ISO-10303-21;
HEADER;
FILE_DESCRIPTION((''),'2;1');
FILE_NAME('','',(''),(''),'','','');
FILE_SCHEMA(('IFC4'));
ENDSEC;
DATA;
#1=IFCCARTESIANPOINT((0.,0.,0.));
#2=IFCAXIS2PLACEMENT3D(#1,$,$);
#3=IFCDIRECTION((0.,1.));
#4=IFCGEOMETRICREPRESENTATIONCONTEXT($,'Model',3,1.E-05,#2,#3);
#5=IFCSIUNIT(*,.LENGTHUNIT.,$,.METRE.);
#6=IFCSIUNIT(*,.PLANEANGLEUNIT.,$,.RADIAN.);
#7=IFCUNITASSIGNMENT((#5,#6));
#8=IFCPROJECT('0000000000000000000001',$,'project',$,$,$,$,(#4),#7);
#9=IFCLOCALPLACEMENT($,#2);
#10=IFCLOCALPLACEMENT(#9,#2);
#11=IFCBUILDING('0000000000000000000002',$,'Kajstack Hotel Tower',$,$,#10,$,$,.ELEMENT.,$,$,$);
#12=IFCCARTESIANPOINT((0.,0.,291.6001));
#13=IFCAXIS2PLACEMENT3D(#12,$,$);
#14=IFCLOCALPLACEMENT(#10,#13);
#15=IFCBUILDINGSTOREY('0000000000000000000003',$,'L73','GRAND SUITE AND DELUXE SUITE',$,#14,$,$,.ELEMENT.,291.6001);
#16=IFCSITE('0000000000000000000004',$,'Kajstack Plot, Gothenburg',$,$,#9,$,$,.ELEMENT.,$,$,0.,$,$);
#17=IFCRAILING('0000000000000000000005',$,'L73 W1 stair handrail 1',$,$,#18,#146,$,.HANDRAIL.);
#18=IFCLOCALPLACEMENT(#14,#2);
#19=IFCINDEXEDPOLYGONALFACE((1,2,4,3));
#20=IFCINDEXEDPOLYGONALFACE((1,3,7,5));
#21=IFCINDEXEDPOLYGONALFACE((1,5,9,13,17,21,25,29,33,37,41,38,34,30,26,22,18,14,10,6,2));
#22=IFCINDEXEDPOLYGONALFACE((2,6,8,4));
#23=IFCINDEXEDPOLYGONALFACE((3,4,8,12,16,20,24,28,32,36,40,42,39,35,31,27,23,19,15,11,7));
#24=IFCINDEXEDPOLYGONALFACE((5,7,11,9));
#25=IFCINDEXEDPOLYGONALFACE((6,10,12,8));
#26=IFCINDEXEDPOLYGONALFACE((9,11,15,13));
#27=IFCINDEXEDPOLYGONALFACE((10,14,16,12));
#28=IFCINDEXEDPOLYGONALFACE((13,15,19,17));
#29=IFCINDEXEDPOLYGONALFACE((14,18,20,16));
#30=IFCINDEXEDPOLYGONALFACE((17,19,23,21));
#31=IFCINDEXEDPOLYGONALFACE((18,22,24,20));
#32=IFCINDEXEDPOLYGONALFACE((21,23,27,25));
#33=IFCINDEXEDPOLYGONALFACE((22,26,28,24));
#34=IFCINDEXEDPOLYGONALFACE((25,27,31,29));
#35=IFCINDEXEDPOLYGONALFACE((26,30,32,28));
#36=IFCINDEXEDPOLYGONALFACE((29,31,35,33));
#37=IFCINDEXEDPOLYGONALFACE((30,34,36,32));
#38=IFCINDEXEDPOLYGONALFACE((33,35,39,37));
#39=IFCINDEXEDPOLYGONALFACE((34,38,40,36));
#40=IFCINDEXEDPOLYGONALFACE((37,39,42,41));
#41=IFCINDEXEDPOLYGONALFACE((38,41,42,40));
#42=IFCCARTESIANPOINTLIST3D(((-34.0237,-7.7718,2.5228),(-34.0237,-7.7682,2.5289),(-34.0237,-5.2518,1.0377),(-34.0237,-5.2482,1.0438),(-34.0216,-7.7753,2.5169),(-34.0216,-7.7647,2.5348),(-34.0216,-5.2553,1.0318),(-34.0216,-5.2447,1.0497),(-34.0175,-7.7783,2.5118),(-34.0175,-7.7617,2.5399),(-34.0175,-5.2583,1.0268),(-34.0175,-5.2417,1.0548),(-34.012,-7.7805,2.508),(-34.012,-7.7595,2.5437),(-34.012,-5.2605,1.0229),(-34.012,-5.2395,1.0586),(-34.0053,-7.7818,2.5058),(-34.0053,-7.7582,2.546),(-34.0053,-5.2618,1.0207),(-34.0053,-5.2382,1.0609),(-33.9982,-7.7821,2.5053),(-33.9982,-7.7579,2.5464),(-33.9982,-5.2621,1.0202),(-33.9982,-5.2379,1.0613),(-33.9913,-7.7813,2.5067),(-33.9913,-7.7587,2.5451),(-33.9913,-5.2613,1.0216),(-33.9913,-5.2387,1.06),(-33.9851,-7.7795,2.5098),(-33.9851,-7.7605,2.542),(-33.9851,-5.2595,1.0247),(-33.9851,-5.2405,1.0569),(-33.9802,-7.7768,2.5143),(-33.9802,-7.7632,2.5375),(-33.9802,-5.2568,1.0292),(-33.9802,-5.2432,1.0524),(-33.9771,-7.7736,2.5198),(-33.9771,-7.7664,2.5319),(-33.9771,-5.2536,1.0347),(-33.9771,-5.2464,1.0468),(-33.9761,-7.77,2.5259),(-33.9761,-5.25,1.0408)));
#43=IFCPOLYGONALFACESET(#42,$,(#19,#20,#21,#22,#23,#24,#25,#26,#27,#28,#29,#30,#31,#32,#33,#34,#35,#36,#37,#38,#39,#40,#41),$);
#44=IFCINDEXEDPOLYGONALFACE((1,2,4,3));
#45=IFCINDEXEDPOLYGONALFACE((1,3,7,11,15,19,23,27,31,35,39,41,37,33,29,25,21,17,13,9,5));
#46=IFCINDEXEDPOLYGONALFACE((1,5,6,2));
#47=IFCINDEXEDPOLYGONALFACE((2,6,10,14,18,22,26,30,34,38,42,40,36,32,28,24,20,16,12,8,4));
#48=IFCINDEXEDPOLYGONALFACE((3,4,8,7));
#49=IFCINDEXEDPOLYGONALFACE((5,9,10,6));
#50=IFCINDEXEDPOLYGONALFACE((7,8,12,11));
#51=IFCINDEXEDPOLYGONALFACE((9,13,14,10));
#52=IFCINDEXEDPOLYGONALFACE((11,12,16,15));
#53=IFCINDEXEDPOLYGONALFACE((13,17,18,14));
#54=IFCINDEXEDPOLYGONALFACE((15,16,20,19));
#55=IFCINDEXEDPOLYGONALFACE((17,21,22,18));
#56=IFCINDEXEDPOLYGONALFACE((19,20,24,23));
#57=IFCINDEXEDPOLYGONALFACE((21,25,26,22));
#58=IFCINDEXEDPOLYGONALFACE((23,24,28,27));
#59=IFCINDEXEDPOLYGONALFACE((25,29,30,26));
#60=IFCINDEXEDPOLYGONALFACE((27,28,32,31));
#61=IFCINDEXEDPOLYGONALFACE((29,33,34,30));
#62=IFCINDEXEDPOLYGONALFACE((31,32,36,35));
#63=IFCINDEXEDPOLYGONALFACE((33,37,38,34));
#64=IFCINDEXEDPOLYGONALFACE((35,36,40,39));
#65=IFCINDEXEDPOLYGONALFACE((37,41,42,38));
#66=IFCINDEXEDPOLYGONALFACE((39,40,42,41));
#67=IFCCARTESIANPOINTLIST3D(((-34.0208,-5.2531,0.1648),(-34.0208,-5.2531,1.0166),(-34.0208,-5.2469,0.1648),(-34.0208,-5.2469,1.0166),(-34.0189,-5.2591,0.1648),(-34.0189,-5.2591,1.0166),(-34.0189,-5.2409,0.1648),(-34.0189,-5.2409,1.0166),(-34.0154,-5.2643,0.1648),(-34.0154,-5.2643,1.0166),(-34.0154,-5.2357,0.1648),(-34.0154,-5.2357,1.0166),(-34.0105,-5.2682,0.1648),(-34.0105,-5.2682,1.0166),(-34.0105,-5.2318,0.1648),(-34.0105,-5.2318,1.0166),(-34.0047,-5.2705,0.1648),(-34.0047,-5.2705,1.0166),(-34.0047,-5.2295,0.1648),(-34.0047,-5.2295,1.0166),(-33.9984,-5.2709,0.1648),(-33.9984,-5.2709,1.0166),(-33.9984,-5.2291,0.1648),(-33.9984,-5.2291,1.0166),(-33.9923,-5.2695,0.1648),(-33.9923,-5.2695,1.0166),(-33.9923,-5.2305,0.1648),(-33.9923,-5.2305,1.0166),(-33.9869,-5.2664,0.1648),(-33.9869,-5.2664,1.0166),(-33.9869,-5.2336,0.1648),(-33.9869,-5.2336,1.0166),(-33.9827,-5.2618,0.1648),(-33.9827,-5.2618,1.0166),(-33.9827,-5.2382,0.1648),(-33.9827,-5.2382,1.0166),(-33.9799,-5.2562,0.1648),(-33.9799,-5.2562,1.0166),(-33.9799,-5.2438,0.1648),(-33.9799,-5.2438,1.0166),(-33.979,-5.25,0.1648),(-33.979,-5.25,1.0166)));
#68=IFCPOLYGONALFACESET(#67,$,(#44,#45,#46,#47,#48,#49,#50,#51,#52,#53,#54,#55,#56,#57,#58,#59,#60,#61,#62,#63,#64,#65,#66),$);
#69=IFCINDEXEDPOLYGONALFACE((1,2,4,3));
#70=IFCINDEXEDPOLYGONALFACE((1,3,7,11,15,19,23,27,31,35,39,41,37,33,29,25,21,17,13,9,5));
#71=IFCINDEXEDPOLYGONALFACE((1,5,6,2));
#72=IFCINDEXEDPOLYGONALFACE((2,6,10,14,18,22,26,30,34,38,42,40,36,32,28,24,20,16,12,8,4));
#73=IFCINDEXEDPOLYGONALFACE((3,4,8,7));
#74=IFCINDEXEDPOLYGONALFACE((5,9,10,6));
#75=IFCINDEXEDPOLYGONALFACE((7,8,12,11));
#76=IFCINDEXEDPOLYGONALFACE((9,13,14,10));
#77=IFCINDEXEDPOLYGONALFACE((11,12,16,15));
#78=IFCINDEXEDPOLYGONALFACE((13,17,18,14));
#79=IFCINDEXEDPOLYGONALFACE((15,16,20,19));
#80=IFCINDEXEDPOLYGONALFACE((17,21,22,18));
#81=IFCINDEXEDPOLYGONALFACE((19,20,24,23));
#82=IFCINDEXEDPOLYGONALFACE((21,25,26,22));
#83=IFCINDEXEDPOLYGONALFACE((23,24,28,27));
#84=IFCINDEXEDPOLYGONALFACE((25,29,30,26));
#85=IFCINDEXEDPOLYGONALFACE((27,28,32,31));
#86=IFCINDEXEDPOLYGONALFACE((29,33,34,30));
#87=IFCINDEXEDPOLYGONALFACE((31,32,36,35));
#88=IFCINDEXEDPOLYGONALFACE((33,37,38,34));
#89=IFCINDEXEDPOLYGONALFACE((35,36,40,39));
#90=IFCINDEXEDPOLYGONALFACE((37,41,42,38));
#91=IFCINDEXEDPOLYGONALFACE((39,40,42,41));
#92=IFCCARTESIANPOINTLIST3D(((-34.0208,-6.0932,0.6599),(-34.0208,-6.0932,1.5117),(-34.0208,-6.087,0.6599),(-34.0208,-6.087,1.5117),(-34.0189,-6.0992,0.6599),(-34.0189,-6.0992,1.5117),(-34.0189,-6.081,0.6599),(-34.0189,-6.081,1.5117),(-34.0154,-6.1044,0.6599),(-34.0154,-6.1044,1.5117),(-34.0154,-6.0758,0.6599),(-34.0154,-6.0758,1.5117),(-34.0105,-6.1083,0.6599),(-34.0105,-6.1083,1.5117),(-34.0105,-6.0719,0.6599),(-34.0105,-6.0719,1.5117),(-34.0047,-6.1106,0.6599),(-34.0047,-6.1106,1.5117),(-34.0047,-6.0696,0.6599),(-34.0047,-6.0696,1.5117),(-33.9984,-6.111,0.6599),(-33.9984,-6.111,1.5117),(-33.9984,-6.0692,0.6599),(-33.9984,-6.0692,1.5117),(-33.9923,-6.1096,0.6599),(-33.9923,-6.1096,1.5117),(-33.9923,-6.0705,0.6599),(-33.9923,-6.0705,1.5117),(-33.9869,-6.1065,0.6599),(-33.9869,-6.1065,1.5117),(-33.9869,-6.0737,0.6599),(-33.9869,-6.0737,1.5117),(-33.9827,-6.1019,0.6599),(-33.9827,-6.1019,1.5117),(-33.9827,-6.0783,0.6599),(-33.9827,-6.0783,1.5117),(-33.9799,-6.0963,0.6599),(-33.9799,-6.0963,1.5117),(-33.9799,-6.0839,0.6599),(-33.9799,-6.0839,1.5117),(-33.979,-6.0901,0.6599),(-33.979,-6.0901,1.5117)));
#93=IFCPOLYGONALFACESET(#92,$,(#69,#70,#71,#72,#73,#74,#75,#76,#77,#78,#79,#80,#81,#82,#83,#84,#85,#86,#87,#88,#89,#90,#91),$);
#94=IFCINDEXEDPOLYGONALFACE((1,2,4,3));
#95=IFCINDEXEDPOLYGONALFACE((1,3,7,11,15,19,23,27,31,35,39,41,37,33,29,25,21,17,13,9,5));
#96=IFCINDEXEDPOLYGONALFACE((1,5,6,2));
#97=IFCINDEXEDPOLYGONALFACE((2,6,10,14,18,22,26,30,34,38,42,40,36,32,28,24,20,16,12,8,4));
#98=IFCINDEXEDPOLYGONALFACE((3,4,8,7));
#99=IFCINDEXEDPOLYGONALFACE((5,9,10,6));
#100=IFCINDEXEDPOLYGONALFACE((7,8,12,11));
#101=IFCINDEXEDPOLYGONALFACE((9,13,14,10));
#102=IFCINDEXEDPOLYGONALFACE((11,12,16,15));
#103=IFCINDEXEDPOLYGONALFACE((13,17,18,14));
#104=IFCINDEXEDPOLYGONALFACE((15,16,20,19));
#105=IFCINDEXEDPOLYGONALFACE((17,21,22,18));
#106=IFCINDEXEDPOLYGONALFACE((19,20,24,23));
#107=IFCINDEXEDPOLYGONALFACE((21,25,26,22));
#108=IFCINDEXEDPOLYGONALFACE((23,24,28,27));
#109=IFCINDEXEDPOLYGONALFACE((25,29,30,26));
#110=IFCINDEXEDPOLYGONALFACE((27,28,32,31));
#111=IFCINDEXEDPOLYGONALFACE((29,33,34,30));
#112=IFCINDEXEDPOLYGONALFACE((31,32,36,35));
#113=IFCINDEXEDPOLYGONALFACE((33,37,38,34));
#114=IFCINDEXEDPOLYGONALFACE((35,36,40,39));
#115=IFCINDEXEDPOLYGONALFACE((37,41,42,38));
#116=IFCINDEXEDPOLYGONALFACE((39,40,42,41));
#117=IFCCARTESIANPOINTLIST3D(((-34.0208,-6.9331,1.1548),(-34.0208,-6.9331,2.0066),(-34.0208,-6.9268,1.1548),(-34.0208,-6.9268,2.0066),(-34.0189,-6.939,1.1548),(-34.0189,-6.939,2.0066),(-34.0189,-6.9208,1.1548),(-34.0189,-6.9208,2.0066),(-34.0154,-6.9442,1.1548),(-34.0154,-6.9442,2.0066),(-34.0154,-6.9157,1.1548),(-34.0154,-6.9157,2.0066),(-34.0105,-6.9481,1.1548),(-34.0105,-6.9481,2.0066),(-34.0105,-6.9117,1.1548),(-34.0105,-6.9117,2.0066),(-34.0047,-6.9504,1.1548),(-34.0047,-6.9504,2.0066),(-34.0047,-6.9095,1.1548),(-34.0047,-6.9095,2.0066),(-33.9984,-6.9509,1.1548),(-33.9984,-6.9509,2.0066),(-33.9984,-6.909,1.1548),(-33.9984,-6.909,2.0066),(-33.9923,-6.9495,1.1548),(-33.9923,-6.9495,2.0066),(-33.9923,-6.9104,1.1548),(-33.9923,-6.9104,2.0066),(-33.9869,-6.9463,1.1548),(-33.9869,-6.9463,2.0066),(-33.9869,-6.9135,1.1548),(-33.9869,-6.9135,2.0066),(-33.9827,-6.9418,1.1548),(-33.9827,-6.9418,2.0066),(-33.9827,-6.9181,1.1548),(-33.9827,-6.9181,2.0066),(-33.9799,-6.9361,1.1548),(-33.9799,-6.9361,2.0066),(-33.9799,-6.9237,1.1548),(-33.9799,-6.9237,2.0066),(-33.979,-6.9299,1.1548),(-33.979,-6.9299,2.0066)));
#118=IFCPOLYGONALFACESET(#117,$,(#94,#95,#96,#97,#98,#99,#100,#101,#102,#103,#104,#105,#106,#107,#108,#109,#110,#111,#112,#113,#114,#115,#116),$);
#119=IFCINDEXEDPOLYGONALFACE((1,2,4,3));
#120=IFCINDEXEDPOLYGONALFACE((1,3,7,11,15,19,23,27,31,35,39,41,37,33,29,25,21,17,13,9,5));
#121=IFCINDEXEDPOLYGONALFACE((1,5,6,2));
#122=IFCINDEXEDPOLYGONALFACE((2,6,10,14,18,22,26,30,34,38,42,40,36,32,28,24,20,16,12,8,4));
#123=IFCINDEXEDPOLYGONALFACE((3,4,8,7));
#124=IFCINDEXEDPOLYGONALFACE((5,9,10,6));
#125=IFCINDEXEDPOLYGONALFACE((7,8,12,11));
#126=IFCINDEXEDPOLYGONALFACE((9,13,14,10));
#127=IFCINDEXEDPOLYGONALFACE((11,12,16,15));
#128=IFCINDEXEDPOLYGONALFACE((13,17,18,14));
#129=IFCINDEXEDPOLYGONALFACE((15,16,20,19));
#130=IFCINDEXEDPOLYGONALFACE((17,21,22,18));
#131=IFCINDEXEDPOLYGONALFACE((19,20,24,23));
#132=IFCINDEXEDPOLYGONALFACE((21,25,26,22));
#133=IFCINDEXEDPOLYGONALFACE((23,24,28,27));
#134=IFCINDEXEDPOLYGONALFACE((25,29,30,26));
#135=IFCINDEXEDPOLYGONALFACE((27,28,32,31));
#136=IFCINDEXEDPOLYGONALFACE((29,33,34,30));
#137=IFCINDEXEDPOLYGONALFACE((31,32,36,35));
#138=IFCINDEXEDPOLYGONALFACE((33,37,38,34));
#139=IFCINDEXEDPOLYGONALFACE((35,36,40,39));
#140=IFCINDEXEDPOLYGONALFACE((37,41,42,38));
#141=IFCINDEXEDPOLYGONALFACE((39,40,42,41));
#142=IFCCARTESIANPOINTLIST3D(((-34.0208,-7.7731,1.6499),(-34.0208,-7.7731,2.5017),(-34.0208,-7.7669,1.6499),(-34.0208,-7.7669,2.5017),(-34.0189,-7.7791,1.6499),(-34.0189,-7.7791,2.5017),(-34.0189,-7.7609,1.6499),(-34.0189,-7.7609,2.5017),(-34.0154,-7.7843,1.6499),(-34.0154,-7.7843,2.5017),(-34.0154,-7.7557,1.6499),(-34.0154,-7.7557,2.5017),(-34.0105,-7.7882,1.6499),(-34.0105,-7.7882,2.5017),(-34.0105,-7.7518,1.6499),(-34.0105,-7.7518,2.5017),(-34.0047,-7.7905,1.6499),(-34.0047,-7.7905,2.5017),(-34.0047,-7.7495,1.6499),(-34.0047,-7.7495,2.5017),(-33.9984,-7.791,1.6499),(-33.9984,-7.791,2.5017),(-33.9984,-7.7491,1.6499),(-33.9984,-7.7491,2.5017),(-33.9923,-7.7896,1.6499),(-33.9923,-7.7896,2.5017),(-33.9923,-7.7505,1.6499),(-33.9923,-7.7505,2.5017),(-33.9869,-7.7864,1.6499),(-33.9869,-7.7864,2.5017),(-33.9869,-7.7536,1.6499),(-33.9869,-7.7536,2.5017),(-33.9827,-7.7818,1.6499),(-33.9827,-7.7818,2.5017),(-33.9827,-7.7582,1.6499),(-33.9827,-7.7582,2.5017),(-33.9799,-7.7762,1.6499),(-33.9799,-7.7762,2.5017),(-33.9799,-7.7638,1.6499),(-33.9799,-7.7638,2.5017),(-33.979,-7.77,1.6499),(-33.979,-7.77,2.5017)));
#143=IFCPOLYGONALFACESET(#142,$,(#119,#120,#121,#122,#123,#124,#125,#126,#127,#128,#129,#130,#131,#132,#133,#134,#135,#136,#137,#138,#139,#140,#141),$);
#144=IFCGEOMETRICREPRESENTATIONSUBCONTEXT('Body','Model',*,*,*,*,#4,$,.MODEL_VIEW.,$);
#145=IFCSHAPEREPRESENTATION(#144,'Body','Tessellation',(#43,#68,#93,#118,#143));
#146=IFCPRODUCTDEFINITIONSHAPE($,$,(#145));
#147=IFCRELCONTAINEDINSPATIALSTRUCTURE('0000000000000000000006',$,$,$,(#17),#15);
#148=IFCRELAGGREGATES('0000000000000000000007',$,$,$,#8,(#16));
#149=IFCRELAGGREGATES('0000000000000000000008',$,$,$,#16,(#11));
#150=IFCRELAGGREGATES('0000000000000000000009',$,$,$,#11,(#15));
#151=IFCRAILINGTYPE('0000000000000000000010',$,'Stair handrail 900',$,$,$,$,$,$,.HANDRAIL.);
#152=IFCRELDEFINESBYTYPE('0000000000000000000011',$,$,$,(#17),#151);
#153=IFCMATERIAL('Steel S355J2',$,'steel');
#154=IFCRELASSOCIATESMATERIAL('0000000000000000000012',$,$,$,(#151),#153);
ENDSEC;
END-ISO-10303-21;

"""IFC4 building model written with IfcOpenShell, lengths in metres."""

from ifc_helpers import new_model, si_unit, direction, frame, origin, origin_2d, place, context, subcontext, project, spatial, circle, extrude, material, type_object, element, save


model = new_model("IFC4")

# Units and contexts
model_context = context("Model", 3, precision=1e-05, world=origin(), true_north=direction((0.0, 1.0)))
body_context = subcontext(model_context, "Body", "Model", "MODEL_VIEW")
ifc_project = project(units=[si_unit("LENGTHUNIT", "METRE"), si_unit("PLANEANGLEUNIT", "RADIAN")], contexts=[model_context])

# Site, building, storey
site_placement = place(None, origin())
site = spatial("IfcSite", under=ifc_project, at=site_placement, Name="Kajstack Plot, Gothenburg", CompositionType="ELEMENT", RefElevation=0.0)
building_placement = place(site_placement, origin())
building = spatial("IfcBuilding", under=site, at=building_placement, Name="Kajstack Hotel Tower", CompositionType="ELEMENT")
storey_placement = place(building_placement, frame((0.0, 0.0, 291.6001)))
storey = spatial("IfcBuildingStorey", under=building, at=storey_placement, Name="L73", Description="GRAND SUITE AND DELUXE SUITE", CompositionType="ELEMENT", Elevation=291.6001)

# Railing
ifc_material_1 = material(Name="Steel S355J2", Category="steel")
railing_type = type_object("IfcRailingType", Name="Stair handrail 900", PredefinedType="HANDRAIL", material=ifc_material_1)
railing_placement = place(storey_placement, frame((-34.0, -5.25, 0.1648)))
element("IfcRailing", 1, at=railing_placement, inside=storey, type_object=railing_type, Name="L73 W1 stair handrail 1", PredefinedType="HANDRAIL", context=body_context, shape_type="SweptSolid", body=[
    extrude(circle(Radius=0.0239, at=origin_2d()), frame((0.0, 0.0, 0.876), z_axis=(0.0, -0.861524, 0.507717), x_axis=(1.0, 0.0, 0.0)), (0.0, 0.0, 1.0), 2.925),
    extrude(circle(Radius=0.021, at=origin_2d()), origin(), (0.0, 0.0, 1.0), 0.8518),
    extrude(circle(Radius=0.021, at=origin_2d()), frame((0.0, -0.8401, 0.4951)), (0.0, 0.0, 1.0), 0.8518),
    extrude(circle(Radius=0.021, at=origin_2d()), frame((0.0, -1.6799, 0.99)), (0.0, 0.0, 1.0), 0.8518),
    extrude(circle(Radius=0.021, at=origin_2d()), frame((0.0, -2.52, 1.4851)), (0.0, 0.0, 1.0), 0.8518),
])

save(model, "model.ifc")
